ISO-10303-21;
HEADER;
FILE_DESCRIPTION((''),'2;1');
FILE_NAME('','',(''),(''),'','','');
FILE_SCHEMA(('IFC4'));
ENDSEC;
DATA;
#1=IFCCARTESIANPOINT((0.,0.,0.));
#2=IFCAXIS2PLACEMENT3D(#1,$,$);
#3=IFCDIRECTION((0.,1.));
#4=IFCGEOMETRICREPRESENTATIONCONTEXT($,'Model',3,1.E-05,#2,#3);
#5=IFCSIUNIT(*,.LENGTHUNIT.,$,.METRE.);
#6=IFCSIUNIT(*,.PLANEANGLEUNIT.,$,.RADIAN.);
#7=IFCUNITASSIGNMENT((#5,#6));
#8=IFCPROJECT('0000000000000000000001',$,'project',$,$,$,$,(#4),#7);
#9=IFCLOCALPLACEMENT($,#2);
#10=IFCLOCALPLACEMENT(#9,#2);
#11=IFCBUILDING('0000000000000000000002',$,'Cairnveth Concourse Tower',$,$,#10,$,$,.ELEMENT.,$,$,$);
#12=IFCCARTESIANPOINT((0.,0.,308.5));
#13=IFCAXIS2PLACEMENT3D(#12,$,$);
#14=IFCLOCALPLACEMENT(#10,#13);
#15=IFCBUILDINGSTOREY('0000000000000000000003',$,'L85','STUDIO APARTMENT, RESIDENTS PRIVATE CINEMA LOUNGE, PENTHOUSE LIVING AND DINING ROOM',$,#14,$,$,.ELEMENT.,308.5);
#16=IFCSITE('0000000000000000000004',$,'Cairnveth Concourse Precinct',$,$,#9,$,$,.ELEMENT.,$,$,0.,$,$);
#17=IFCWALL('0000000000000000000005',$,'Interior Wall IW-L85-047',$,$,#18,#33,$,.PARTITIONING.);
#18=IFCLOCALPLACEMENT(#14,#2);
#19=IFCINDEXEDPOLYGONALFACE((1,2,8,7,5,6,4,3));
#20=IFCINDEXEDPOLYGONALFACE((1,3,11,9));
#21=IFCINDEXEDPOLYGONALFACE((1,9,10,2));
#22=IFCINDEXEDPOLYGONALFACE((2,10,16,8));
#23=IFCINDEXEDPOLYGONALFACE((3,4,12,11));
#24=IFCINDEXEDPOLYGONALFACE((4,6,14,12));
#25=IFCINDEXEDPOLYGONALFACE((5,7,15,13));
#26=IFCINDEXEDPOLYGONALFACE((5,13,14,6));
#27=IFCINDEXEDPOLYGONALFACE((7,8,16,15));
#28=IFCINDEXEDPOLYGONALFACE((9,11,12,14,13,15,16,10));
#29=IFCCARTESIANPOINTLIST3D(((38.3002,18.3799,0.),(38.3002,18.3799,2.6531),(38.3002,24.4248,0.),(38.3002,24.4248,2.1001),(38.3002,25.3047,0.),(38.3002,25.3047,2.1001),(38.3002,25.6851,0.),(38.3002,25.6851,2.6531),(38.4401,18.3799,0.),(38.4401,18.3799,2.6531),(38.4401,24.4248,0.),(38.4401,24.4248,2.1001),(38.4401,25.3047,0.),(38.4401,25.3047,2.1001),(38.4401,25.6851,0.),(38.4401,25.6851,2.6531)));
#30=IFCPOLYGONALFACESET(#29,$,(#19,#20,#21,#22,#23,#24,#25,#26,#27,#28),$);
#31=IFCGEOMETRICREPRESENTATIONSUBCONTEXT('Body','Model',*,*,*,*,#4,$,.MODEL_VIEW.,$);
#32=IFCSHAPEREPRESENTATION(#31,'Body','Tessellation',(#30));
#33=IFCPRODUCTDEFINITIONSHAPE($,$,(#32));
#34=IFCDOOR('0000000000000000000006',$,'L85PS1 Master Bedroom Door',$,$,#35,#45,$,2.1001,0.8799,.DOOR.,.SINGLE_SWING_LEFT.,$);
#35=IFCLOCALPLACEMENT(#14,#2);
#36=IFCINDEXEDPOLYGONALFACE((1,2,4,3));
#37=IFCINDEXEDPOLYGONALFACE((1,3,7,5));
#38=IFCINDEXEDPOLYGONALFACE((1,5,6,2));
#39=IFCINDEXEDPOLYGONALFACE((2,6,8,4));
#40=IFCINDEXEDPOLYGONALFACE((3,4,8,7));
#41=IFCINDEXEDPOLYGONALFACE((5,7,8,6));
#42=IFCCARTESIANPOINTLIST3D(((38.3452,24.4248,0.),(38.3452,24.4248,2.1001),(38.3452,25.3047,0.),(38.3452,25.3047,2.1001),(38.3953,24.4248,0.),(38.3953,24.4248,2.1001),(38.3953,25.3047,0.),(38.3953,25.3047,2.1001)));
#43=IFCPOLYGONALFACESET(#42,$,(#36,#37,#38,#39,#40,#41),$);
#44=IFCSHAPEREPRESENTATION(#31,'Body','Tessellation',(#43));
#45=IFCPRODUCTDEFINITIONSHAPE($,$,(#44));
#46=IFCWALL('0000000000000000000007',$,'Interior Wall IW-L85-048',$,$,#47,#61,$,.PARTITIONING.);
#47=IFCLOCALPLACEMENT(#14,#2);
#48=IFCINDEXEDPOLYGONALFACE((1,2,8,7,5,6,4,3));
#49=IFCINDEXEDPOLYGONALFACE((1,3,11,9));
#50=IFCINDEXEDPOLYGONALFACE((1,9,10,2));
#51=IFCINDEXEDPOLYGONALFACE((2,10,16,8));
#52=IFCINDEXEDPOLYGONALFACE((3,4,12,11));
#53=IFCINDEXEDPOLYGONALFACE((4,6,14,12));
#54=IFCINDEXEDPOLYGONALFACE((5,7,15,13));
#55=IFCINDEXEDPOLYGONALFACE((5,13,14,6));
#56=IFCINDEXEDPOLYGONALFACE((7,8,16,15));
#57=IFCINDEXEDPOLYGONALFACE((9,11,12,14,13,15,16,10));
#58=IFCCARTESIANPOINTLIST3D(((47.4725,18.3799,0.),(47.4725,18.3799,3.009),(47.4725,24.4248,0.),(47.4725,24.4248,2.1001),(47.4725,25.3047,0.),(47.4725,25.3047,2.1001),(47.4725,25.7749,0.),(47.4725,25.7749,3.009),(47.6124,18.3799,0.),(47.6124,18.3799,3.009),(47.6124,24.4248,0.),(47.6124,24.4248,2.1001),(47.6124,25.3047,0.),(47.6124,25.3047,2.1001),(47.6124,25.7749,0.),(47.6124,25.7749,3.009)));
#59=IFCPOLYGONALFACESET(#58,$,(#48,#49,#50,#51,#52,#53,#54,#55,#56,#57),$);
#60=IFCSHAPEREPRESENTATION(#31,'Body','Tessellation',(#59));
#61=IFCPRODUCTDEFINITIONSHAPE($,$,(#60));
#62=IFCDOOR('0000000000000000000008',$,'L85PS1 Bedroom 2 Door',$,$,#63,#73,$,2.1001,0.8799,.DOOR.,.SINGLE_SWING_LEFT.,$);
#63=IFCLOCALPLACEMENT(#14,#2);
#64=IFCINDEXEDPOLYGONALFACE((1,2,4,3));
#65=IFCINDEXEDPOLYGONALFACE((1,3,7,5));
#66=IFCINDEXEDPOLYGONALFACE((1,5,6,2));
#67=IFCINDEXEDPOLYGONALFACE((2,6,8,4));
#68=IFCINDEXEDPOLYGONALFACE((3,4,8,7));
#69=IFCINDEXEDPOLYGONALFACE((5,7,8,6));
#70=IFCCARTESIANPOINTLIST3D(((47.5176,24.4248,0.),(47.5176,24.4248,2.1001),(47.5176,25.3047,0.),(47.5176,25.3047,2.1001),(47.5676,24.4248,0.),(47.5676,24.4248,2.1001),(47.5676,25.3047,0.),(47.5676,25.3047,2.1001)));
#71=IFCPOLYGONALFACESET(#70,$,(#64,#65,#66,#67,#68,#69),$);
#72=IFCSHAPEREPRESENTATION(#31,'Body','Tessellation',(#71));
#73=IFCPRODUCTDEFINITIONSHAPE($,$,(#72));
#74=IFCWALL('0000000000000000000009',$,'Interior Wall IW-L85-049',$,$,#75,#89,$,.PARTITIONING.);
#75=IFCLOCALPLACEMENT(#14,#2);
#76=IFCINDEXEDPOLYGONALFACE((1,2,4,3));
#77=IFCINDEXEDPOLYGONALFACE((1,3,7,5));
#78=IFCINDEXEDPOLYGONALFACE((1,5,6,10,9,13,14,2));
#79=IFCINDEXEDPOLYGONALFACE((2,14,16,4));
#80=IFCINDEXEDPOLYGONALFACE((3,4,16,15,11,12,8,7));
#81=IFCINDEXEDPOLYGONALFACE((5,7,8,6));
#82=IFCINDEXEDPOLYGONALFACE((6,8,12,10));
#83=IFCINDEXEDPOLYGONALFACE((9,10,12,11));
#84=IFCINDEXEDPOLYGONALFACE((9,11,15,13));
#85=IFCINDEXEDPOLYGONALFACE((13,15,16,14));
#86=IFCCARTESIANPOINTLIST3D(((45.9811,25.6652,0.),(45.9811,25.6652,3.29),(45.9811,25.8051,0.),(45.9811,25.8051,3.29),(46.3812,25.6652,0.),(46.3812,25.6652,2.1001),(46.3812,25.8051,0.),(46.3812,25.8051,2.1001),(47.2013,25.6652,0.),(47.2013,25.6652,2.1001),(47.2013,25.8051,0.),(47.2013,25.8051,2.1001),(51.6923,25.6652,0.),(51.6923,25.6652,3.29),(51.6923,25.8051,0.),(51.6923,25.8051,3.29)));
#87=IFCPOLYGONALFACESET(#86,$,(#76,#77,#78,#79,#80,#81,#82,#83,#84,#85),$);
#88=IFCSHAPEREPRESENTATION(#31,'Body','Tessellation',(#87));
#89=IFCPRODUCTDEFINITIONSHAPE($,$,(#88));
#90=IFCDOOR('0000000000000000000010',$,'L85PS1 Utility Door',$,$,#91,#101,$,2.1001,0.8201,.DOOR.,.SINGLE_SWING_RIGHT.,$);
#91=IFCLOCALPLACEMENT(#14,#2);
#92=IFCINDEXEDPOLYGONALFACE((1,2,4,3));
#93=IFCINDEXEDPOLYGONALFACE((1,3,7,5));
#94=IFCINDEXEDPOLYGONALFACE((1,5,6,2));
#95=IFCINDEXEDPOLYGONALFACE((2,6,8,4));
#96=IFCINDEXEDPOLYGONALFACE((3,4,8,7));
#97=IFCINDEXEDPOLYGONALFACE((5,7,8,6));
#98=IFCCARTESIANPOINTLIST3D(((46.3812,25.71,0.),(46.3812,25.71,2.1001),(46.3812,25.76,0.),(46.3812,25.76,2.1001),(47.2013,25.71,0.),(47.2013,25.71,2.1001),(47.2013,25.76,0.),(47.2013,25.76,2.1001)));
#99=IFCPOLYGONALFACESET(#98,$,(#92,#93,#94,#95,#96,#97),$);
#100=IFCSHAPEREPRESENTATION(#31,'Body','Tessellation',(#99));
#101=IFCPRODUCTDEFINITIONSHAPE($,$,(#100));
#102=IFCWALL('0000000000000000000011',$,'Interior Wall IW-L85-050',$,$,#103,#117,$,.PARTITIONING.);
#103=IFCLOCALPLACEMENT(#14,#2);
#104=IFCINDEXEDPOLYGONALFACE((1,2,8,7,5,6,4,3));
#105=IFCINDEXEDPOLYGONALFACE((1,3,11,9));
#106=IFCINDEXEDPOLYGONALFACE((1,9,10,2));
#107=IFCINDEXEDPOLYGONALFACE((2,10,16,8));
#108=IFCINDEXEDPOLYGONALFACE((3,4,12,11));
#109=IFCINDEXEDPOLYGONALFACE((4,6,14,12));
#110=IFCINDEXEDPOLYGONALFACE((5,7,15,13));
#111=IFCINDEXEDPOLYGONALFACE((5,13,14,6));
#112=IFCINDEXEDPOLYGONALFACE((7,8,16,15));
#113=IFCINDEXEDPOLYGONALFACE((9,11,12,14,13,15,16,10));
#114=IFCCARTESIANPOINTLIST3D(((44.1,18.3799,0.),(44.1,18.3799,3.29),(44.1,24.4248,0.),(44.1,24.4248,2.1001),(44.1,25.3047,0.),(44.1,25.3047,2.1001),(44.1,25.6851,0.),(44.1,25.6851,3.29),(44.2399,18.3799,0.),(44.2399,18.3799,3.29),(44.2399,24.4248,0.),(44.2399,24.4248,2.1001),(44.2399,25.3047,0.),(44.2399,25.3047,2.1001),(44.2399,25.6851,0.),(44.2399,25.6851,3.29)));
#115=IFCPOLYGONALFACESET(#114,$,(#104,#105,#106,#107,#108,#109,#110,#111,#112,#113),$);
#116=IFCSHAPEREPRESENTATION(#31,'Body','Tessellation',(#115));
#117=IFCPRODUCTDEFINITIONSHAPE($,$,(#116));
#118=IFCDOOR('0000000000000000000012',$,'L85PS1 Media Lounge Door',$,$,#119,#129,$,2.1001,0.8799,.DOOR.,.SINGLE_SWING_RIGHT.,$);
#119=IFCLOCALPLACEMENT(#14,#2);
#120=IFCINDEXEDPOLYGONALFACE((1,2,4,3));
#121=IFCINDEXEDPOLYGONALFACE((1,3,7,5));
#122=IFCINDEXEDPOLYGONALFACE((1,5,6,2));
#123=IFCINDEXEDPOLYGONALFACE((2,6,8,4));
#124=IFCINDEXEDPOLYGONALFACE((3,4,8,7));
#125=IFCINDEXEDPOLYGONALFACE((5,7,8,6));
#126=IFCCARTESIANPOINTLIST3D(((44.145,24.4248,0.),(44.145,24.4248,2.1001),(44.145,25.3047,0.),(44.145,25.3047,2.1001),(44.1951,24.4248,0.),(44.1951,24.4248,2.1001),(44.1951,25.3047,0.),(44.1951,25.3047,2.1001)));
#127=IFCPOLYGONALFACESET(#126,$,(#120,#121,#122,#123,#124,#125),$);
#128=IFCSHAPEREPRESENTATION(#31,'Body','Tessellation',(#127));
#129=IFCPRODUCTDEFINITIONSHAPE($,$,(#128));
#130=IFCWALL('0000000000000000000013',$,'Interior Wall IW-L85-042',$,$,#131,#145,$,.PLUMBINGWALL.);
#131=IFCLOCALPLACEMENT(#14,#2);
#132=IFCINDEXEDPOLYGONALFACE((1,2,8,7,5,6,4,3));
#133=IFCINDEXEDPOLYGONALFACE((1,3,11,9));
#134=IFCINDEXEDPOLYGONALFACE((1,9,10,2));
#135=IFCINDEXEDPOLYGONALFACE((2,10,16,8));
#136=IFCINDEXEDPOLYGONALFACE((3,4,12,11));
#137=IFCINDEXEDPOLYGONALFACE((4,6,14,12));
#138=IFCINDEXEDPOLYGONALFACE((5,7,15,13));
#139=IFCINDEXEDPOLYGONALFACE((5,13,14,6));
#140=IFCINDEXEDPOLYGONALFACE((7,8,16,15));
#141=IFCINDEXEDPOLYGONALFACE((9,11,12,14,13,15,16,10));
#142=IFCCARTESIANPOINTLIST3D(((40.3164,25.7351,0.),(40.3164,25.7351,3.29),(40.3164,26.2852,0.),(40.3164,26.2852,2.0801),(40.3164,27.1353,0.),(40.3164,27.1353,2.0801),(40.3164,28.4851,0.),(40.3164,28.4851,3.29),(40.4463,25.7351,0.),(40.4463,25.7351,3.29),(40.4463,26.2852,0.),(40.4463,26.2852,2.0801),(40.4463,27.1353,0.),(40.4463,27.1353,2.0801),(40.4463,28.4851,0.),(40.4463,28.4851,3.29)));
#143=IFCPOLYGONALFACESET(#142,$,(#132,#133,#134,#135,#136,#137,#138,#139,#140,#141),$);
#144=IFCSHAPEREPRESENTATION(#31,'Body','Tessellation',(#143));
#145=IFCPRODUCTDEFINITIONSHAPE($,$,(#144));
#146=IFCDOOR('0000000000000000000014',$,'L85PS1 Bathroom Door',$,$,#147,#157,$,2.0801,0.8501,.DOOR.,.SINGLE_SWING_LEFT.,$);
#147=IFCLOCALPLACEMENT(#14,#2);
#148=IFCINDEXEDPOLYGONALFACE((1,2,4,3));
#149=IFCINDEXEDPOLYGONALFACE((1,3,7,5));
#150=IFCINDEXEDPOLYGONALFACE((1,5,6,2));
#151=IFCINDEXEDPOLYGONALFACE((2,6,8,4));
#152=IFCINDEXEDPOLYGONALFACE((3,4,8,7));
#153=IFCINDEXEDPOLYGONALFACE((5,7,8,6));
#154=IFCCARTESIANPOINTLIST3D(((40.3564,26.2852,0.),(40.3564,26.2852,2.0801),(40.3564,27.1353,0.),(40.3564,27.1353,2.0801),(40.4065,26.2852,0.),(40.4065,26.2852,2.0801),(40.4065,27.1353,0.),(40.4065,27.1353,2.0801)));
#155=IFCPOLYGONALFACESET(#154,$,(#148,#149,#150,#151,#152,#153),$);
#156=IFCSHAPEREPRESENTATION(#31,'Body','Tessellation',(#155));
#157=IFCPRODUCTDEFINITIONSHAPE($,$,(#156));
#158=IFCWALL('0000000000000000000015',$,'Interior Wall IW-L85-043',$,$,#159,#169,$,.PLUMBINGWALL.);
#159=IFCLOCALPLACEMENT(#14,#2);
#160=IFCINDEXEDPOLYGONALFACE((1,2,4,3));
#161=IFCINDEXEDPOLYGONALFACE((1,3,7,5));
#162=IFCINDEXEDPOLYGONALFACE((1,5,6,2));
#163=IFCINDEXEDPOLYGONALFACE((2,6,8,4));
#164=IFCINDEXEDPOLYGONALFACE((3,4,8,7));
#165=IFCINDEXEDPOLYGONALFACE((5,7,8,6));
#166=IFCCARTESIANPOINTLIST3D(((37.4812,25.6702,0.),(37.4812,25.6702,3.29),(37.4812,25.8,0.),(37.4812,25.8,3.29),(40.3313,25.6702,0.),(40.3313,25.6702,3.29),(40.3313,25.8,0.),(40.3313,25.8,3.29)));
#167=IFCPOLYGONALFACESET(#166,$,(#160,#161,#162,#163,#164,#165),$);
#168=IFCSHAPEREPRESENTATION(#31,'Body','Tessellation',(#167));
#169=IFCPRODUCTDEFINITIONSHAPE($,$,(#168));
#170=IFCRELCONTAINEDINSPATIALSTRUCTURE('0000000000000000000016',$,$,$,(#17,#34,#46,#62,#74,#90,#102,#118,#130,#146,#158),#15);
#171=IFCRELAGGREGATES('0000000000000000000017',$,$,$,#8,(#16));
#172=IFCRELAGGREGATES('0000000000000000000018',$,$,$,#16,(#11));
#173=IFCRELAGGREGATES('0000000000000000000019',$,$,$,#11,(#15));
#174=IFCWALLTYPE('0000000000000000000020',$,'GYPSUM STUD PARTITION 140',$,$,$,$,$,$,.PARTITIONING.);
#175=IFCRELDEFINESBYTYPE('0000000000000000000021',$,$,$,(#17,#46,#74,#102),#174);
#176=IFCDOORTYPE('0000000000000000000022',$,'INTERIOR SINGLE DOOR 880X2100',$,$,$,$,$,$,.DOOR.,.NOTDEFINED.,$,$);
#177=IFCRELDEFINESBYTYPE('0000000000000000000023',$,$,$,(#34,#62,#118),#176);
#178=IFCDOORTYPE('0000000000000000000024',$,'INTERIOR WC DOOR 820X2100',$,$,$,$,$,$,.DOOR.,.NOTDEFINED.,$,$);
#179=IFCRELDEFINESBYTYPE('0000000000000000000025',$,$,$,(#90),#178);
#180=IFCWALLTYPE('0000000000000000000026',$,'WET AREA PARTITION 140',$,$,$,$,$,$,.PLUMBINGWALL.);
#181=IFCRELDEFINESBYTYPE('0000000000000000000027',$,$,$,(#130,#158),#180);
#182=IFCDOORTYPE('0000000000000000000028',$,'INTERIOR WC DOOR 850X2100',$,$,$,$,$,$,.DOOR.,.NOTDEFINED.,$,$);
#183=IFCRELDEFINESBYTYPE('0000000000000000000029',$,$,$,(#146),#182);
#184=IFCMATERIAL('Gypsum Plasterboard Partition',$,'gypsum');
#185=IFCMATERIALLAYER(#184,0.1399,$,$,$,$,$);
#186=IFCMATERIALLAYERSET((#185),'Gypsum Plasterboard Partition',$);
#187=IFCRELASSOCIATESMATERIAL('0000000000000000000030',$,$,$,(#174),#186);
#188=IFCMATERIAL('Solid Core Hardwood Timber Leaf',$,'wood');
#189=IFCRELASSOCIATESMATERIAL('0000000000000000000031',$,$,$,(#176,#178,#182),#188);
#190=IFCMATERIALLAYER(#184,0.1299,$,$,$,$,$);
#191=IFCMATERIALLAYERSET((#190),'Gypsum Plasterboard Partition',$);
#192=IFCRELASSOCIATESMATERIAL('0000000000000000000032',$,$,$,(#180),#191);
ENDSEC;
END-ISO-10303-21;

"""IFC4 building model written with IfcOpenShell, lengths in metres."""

from ifc_helpers import new_model, si_unit, direction, frame, frame_2d, origin, place, context, subcontext, project, spatial, rectangle, extrude, material, layer, layer_set, type_object, element, fill, save


model = new_model("IFC4")

# Units and contexts
model_context = context("Model", 3, precision=1e-05, world=origin(), true_north=direction((0.0, 1.0)))
body_context = subcontext(model_context, "Body", "Model", "MODEL_VIEW")
ifc_project = project(units=[si_unit("LENGTHUNIT", "METRE"), si_unit("PLANEANGLEUNIT", "RADIAN")], contexts=[model_context])

# Site, building, storey
site_placement = place(None, origin())
site = spatial("IfcSite", under=ifc_project, at=site_placement, Name="Cairnveth Concourse Precinct", CompositionType="ELEMENT", RefElevation=0.0)
building_placement = place(site_placement, origin())
building = spatial("IfcBuilding", under=site, at=building_placement, Name="Cairnveth Concourse Tower", CompositionType="ELEMENT")
storey_placement = place(building_placement, frame((0.0, 0.0, 308.5)))
storey = spatial("IfcBuildingStorey", under=building, at=storey_placement, Name="L85", Description="STUDIO APARTMENT, RESIDENTS PRIVATE CINEMA LOUNGE, PENTHOUSE LIVING AND DINING ROOM", CompositionType="ELEMENT", Elevation=308.5)

# Shared definitions
ifc_material_1 = material(Name="Gypsum Plasterboard Partition", Category="gypsum")

# Walls, openings, doors
ifc_layer_1 = layer(ifc_material_1, 0.1399)
ifc_layer_set_1 = layer_set([ifc_layer_1], Name="Gypsum Plasterboard Partition")
wall_type_1 = type_object("IfcWallType", Name="GYPSUM STUD PARTITION 140", PredefinedType="PARTITIONING", material=ifc_layer_set_1)
wall_1_placement = place(storey_placement, frame((38.3701, 18.3799, 0.0), z_axis=(0.0, 0.0, 1.0), x_axis=(0.0, 1.0, 0.0)))
wall_1 = element("IfcWall", 1, at=wall_1_placement, inside=storey, type_object=wall_type_1, Name="Interior Wall IW-L85-047", PredefinedType="PARTITIONING", context=body_context, shape_type="SweptSolid", body=[
    extrude(rectangle(XDim=7.3052, YDim=0.1399, at=frame_2d((3.6526, 0.0))), origin(), (0.0, 0.0, 1.0), 2.6531),
])
opening_1_placement = place(wall_1_placement, frame((6.0449, 0.0, 0.0)))
opening_1 = element("IfcOpeningElement", 2, at=opening_1_placement, cuts=wall_1, PredefinedType="OPENING", context=body_context, shape_type="SweptSolid", body=[
    extrude(rectangle(XDim=0.8799, YDim=2.1001, at=frame_2d((0.4399, 1.05))), frame((0.0, 0.0798, 0.0), z_axis=(0.0, -1.0, 0.0), x_axis=(1.0, 0.0, 0.0)), (0.0, 0.0, 1.0), 0.1599),
])
ifc_material_2 = material(Name="Solid Core Hardwood Timber Leaf", Category="wood")
door_type_1 = type_object("IfcDoorType", Name="INTERIOR SINGLE DOOR 880X2100", OperationType="NOTDEFINED", PredefinedType="DOOR", material=ifc_material_2)
door_1_placement = place(opening_1_placement, origin())
door_1 = element("IfcDoor", 3, at=door_1_placement, inside=storey, type_object=door_type_1, Name="L85PS1 Master Bedroom Door", OperationType="SINGLE_SWING_LEFT", OverallHeight=2.1001, OverallWidth=0.8799, PredefinedType="DOOR", context=body_context, shape_type="SweptSolid", body=[
    extrude(rectangle(XDim=0.8799, YDim=2.1001, at=frame_2d((0.4399, 1.05))), frame((0.0, 0.0249, 0.0), z_axis=(0.0, -1.0, 0.0), x_axis=(1.0, 0.0, 0.0)), (0.0, 0.0, 1.0), 0.05),
])
fill(opening_1, door_1)
wall_2_placement = place(storey_placement, frame((47.5425, 18.3799, 0.0), z_axis=(0.0, 0.0, 1.0), x_axis=(0.0, 1.0, 0.0)))
wall_2 = element("IfcWall", 4, at=wall_2_placement, inside=storey, type_object=wall_type_1, Name="Interior Wall IW-L85-048", PredefinedType="PARTITIONING", context=body_context, shape_type="SweptSolid", body=[
    extrude(rectangle(XDim=7.395, YDim=0.1399, at=frame_2d((3.6975, 0.0))), origin(), (0.0, 0.0, 1.0), 3.009),
])
opening_2_placement = place(wall_2_placement, frame((6.0449, 0.0, 0.0)))
opening_2 = element("IfcOpeningElement", 5, at=opening_2_placement, cuts=wall_2, PredefinedType="OPENING", context=body_context, shape_type="SweptSolid", body=[
    extrude(rectangle(XDim=0.8799, YDim=2.1001, at=frame_2d((0.4399, 1.05))), frame((0.0, 0.0798, 0.0), z_axis=(0.0, -1.0, 0.0), x_axis=(1.0, 0.0, 0.0)), (0.0, 0.0, 1.0), 0.1599),
])
door_2_placement = place(opening_2_placement, origin())
door_2 = element("IfcDoor", 6, at=door_2_placement, inside=storey, type_object=door_type_1, Name="L85PS1 Bedroom 2 Door", OperationType="SINGLE_SWING_LEFT", OverallHeight=2.1001, OverallWidth=0.8799, PredefinedType="DOOR", context=body_context, shape_type="SweptSolid", body=[
    extrude(rectangle(XDim=0.8799, YDim=2.1001, at=frame_2d((0.4399, 1.05))), frame((0.0, 0.0249, 0.0), z_axis=(0.0, -1.0, 0.0), x_axis=(1.0, 0.0, 0.0)), (0.0, 0.0, 1.0), 0.05),
])
fill(opening_2, door_2)
wall_3_placement = place(storey_placement, frame((45.9812, 25.7351, 0.0), z_axis=(0.0, 0.0, 1.0), x_axis=(1.0, 0.0, 0.0)))
wall_3 = element("IfcWall", 7, at=wall_3_placement, inside=storey, type_object=wall_type_1, Name="Interior Wall IW-L85-049", PredefinedType="PARTITIONING", context=body_context, shape_type="SweptSolid", body=[
    extrude(rectangle(XDim=5.7112, YDim=0.1399, at=frame_2d((2.8555, 0.0))), origin(), (0.0, 0.0, 1.0), 3.29),
])
opening_3_placement = place(wall_3_placement, frame((0.3999, 0.0, 0.0)))
opening_3 = element("IfcOpeningElement", 8, at=opening_3_placement, cuts=wall_3, PredefinedType="OPENING", context=body_context, shape_type="SweptSolid", body=[
    extrude(rectangle(XDim=0.8201, YDim=2.1001, at=frame_2d((0.4102, 1.05))), frame((0.0, 0.0798, 0.0), z_axis=(0.0, -1.0, 0.0), x_axis=(1.0, 0.0, 0.0)), (0.0, 0.0, 1.0), 0.1599),
])
door_type_2 = type_object("IfcDoorType", Name="INTERIOR WC DOOR 820X2100", OperationType="NOTDEFINED", PredefinedType="DOOR", material=ifc_material_2)
door_3_placement = place(opening_3_placement, origin())
door_3 = element("IfcDoor", 9, at=door_3_placement, inside=storey, type_object=door_type_2, Name="L85PS1 Utility Door", OperationType="SINGLE_SWING_RIGHT", OverallHeight=2.1001, OverallWidth=0.8201, PredefinedType="DOOR", context=body_context, shape_type="SweptSolid", body=[
    extrude(rectangle(XDim=0.8201, YDim=2.1001, at=frame_2d((0.4102, 1.05))), frame((0.0, 0.0249, 0.0), z_axis=(0.0, -1.0, 0.0), x_axis=(1.0, 0.0, 0.0)), (0.0, 0.0, 1.0), 0.05),
])
fill(opening_3, door_3)
wall_4_placement = place(storey_placement, frame((44.1699, 18.3799, 0.0), z_axis=(0.0, 0.0, 1.0), x_axis=(0.0, 1.0, 0.0)))
wall_4 = element("IfcWall", 10, at=wall_4_placement, inside=storey, type_object=wall_type_1, Name="Interior Wall IW-L85-050", PredefinedType="PARTITIONING", context=body_context, shape_type="SweptSolid", body=[
    extrude(rectangle(XDim=7.3052, YDim=0.1399, at=frame_2d((3.6526, 0.0))), origin(), (0.0, 0.0, 1.0), 3.29),
])
opening_4_placement = place(wall_4_placement, frame((6.0449, 0.0, 0.0)))
opening_4 = element("IfcOpeningElement", 11, at=opening_4_placement, cuts=wall_4, PredefinedType="OPENING", context=body_context, shape_type="SweptSolid", body=[
    extrude(rectangle(XDim=0.8799, YDim=2.1001, at=frame_2d((0.4399, 1.05))), frame((0.0, 0.0798, 0.0), z_axis=(0.0, -1.0, 0.0), x_axis=(1.0, 0.0, 0.0)), (0.0, 0.0, 1.0), 0.1599),
])
door_4_placement = place(opening_4_placement, origin())
door_4 = element("IfcDoor", 12, at=door_4_placement, inside=storey, type_object=door_type_1, Name="L85PS1 Media Lounge Door", OperationType="SINGLE_SWING_RIGHT", OverallHeight=2.1001, OverallWidth=0.8799, PredefinedType="DOOR", context=body_context, shape_type="SweptSolid", body=[
    extrude(rectangle(XDim=0.8799, YDim=2.1001, at=frame_2d((0.4399, 1.05))), frame((0.0, 0.0249, 0.0), z_axis=(0.0, -1.0, 0.0), x_axis=(1.0, 0.0, 0.0)), (0.0, 0.0, 1.0), 0.05),
])
fill(opening_4, door_4)
ifc_layer_2 = layer(ifc_material_1, 0.1299)
ifc_layer_set_2 = layer_set([ifc_layer_2], Name="Gypsum Plasterboard Partition")
wall_type_2 = type_object("IfcWallType", Name="WET AREA PARTITION 140", PredefinedType="PLUMBINGWALL", material=ifc_layer_set_2)
wall_5_placement = place(storey_placement, frame((40.3813, 25.7351, 0.0), z_axis=(0.0, 0.0, 1.0), x_axis=(0.0, 1.0, 0.0)))
wall_5 = element("IfcWall", 13, at=wall_5_placement, inside=storey, type_object=wall_type_2, Name="Interior Wall IW-L85-042", PredefinedType="PLUMBINGWALL", context=body_context, shape_type="SweptSolid", body=[
    extrude(rectangle(XDim=2.75, YDim=0.1299, at=frame_2d((1.375, 0.0))), origin(), (0.0, 0.0, 1.0), 3.29),
])
opening_5_placement = place(wall_5_placement, frame((0.55, 0.0, 0.0)))
opening_5 = element("IfcOpeningElement", 14, at=opening_5_placement, cuts=wall_5, PredefinedType="OPENING", context=body_context, shape_type="SweptSolid", body=[
    extrude(rectangle(XDim=0.8501, YDim=2.0801, at=frame_2d((0.425, 1.04))), frame((0.0, 0.075, 0.0), z_axis=(0.0, -1.0, 0.0), x_axis=(1.0, 0.0, 0.0)), (0.0, 0.0, 1.0), 0.1499),
])
door_type_3 = type_object("IfcDoorType", Name="INTERIOR WC DOOR 850X2100", OperationType="NOTDEFINED", PredefinedType="DOOR", material=ifc_material_2)
door_5_placement = place(opening_5_placement, origin())
door_5 = element("IfcDoor", 15, at=door_5_placement, inside=storey, type_object=door_type_3, Name="L85PS1 Bathroom Door", OperationType="SINGLE_SWING_LEFT", OverallHeight=2.0801, OverallWidth=0.8501, PredefinedType="DOOR", context=body_context, shape_type="SweptSolid", body=[
    extrude(rectangle(XDim=0.8501, YDim=2.0801, at=frame_2d((0.425, 1.04))), frame((0.0, 0.0249, 0.0), z_axis=(0.0, -1.0, 0.0), x_axis=(1.0, 0.0, 0.0)), (0.0, 0.0, 1.0), 0.05),
])
fill(opening_5, door_5)

# Wall
wall_6_placement = place(storey_placement, frame((37.4812, 25.7351, 0.0), z_axis=(0.0, 0.0, 1.0), x_axis=(1.0, 0.0, 0.0)))
element("IfcWall", 16, at=wall_6_placement, inside=storey, type_object=wall_type_2, Name="Interior Wall IW-L85-043", PredefinedType="PLUMBINGWALL", context=body_context, shape_type="SweptSolid", body=[
    extrude(rectangle(XDim=2.8501, YDim=0.1299, at=frame_2d((1.425, 0.0))), origin(), (0.0, 0.0, 1.0), 3.29),
])

save(model, "model.ifc")
